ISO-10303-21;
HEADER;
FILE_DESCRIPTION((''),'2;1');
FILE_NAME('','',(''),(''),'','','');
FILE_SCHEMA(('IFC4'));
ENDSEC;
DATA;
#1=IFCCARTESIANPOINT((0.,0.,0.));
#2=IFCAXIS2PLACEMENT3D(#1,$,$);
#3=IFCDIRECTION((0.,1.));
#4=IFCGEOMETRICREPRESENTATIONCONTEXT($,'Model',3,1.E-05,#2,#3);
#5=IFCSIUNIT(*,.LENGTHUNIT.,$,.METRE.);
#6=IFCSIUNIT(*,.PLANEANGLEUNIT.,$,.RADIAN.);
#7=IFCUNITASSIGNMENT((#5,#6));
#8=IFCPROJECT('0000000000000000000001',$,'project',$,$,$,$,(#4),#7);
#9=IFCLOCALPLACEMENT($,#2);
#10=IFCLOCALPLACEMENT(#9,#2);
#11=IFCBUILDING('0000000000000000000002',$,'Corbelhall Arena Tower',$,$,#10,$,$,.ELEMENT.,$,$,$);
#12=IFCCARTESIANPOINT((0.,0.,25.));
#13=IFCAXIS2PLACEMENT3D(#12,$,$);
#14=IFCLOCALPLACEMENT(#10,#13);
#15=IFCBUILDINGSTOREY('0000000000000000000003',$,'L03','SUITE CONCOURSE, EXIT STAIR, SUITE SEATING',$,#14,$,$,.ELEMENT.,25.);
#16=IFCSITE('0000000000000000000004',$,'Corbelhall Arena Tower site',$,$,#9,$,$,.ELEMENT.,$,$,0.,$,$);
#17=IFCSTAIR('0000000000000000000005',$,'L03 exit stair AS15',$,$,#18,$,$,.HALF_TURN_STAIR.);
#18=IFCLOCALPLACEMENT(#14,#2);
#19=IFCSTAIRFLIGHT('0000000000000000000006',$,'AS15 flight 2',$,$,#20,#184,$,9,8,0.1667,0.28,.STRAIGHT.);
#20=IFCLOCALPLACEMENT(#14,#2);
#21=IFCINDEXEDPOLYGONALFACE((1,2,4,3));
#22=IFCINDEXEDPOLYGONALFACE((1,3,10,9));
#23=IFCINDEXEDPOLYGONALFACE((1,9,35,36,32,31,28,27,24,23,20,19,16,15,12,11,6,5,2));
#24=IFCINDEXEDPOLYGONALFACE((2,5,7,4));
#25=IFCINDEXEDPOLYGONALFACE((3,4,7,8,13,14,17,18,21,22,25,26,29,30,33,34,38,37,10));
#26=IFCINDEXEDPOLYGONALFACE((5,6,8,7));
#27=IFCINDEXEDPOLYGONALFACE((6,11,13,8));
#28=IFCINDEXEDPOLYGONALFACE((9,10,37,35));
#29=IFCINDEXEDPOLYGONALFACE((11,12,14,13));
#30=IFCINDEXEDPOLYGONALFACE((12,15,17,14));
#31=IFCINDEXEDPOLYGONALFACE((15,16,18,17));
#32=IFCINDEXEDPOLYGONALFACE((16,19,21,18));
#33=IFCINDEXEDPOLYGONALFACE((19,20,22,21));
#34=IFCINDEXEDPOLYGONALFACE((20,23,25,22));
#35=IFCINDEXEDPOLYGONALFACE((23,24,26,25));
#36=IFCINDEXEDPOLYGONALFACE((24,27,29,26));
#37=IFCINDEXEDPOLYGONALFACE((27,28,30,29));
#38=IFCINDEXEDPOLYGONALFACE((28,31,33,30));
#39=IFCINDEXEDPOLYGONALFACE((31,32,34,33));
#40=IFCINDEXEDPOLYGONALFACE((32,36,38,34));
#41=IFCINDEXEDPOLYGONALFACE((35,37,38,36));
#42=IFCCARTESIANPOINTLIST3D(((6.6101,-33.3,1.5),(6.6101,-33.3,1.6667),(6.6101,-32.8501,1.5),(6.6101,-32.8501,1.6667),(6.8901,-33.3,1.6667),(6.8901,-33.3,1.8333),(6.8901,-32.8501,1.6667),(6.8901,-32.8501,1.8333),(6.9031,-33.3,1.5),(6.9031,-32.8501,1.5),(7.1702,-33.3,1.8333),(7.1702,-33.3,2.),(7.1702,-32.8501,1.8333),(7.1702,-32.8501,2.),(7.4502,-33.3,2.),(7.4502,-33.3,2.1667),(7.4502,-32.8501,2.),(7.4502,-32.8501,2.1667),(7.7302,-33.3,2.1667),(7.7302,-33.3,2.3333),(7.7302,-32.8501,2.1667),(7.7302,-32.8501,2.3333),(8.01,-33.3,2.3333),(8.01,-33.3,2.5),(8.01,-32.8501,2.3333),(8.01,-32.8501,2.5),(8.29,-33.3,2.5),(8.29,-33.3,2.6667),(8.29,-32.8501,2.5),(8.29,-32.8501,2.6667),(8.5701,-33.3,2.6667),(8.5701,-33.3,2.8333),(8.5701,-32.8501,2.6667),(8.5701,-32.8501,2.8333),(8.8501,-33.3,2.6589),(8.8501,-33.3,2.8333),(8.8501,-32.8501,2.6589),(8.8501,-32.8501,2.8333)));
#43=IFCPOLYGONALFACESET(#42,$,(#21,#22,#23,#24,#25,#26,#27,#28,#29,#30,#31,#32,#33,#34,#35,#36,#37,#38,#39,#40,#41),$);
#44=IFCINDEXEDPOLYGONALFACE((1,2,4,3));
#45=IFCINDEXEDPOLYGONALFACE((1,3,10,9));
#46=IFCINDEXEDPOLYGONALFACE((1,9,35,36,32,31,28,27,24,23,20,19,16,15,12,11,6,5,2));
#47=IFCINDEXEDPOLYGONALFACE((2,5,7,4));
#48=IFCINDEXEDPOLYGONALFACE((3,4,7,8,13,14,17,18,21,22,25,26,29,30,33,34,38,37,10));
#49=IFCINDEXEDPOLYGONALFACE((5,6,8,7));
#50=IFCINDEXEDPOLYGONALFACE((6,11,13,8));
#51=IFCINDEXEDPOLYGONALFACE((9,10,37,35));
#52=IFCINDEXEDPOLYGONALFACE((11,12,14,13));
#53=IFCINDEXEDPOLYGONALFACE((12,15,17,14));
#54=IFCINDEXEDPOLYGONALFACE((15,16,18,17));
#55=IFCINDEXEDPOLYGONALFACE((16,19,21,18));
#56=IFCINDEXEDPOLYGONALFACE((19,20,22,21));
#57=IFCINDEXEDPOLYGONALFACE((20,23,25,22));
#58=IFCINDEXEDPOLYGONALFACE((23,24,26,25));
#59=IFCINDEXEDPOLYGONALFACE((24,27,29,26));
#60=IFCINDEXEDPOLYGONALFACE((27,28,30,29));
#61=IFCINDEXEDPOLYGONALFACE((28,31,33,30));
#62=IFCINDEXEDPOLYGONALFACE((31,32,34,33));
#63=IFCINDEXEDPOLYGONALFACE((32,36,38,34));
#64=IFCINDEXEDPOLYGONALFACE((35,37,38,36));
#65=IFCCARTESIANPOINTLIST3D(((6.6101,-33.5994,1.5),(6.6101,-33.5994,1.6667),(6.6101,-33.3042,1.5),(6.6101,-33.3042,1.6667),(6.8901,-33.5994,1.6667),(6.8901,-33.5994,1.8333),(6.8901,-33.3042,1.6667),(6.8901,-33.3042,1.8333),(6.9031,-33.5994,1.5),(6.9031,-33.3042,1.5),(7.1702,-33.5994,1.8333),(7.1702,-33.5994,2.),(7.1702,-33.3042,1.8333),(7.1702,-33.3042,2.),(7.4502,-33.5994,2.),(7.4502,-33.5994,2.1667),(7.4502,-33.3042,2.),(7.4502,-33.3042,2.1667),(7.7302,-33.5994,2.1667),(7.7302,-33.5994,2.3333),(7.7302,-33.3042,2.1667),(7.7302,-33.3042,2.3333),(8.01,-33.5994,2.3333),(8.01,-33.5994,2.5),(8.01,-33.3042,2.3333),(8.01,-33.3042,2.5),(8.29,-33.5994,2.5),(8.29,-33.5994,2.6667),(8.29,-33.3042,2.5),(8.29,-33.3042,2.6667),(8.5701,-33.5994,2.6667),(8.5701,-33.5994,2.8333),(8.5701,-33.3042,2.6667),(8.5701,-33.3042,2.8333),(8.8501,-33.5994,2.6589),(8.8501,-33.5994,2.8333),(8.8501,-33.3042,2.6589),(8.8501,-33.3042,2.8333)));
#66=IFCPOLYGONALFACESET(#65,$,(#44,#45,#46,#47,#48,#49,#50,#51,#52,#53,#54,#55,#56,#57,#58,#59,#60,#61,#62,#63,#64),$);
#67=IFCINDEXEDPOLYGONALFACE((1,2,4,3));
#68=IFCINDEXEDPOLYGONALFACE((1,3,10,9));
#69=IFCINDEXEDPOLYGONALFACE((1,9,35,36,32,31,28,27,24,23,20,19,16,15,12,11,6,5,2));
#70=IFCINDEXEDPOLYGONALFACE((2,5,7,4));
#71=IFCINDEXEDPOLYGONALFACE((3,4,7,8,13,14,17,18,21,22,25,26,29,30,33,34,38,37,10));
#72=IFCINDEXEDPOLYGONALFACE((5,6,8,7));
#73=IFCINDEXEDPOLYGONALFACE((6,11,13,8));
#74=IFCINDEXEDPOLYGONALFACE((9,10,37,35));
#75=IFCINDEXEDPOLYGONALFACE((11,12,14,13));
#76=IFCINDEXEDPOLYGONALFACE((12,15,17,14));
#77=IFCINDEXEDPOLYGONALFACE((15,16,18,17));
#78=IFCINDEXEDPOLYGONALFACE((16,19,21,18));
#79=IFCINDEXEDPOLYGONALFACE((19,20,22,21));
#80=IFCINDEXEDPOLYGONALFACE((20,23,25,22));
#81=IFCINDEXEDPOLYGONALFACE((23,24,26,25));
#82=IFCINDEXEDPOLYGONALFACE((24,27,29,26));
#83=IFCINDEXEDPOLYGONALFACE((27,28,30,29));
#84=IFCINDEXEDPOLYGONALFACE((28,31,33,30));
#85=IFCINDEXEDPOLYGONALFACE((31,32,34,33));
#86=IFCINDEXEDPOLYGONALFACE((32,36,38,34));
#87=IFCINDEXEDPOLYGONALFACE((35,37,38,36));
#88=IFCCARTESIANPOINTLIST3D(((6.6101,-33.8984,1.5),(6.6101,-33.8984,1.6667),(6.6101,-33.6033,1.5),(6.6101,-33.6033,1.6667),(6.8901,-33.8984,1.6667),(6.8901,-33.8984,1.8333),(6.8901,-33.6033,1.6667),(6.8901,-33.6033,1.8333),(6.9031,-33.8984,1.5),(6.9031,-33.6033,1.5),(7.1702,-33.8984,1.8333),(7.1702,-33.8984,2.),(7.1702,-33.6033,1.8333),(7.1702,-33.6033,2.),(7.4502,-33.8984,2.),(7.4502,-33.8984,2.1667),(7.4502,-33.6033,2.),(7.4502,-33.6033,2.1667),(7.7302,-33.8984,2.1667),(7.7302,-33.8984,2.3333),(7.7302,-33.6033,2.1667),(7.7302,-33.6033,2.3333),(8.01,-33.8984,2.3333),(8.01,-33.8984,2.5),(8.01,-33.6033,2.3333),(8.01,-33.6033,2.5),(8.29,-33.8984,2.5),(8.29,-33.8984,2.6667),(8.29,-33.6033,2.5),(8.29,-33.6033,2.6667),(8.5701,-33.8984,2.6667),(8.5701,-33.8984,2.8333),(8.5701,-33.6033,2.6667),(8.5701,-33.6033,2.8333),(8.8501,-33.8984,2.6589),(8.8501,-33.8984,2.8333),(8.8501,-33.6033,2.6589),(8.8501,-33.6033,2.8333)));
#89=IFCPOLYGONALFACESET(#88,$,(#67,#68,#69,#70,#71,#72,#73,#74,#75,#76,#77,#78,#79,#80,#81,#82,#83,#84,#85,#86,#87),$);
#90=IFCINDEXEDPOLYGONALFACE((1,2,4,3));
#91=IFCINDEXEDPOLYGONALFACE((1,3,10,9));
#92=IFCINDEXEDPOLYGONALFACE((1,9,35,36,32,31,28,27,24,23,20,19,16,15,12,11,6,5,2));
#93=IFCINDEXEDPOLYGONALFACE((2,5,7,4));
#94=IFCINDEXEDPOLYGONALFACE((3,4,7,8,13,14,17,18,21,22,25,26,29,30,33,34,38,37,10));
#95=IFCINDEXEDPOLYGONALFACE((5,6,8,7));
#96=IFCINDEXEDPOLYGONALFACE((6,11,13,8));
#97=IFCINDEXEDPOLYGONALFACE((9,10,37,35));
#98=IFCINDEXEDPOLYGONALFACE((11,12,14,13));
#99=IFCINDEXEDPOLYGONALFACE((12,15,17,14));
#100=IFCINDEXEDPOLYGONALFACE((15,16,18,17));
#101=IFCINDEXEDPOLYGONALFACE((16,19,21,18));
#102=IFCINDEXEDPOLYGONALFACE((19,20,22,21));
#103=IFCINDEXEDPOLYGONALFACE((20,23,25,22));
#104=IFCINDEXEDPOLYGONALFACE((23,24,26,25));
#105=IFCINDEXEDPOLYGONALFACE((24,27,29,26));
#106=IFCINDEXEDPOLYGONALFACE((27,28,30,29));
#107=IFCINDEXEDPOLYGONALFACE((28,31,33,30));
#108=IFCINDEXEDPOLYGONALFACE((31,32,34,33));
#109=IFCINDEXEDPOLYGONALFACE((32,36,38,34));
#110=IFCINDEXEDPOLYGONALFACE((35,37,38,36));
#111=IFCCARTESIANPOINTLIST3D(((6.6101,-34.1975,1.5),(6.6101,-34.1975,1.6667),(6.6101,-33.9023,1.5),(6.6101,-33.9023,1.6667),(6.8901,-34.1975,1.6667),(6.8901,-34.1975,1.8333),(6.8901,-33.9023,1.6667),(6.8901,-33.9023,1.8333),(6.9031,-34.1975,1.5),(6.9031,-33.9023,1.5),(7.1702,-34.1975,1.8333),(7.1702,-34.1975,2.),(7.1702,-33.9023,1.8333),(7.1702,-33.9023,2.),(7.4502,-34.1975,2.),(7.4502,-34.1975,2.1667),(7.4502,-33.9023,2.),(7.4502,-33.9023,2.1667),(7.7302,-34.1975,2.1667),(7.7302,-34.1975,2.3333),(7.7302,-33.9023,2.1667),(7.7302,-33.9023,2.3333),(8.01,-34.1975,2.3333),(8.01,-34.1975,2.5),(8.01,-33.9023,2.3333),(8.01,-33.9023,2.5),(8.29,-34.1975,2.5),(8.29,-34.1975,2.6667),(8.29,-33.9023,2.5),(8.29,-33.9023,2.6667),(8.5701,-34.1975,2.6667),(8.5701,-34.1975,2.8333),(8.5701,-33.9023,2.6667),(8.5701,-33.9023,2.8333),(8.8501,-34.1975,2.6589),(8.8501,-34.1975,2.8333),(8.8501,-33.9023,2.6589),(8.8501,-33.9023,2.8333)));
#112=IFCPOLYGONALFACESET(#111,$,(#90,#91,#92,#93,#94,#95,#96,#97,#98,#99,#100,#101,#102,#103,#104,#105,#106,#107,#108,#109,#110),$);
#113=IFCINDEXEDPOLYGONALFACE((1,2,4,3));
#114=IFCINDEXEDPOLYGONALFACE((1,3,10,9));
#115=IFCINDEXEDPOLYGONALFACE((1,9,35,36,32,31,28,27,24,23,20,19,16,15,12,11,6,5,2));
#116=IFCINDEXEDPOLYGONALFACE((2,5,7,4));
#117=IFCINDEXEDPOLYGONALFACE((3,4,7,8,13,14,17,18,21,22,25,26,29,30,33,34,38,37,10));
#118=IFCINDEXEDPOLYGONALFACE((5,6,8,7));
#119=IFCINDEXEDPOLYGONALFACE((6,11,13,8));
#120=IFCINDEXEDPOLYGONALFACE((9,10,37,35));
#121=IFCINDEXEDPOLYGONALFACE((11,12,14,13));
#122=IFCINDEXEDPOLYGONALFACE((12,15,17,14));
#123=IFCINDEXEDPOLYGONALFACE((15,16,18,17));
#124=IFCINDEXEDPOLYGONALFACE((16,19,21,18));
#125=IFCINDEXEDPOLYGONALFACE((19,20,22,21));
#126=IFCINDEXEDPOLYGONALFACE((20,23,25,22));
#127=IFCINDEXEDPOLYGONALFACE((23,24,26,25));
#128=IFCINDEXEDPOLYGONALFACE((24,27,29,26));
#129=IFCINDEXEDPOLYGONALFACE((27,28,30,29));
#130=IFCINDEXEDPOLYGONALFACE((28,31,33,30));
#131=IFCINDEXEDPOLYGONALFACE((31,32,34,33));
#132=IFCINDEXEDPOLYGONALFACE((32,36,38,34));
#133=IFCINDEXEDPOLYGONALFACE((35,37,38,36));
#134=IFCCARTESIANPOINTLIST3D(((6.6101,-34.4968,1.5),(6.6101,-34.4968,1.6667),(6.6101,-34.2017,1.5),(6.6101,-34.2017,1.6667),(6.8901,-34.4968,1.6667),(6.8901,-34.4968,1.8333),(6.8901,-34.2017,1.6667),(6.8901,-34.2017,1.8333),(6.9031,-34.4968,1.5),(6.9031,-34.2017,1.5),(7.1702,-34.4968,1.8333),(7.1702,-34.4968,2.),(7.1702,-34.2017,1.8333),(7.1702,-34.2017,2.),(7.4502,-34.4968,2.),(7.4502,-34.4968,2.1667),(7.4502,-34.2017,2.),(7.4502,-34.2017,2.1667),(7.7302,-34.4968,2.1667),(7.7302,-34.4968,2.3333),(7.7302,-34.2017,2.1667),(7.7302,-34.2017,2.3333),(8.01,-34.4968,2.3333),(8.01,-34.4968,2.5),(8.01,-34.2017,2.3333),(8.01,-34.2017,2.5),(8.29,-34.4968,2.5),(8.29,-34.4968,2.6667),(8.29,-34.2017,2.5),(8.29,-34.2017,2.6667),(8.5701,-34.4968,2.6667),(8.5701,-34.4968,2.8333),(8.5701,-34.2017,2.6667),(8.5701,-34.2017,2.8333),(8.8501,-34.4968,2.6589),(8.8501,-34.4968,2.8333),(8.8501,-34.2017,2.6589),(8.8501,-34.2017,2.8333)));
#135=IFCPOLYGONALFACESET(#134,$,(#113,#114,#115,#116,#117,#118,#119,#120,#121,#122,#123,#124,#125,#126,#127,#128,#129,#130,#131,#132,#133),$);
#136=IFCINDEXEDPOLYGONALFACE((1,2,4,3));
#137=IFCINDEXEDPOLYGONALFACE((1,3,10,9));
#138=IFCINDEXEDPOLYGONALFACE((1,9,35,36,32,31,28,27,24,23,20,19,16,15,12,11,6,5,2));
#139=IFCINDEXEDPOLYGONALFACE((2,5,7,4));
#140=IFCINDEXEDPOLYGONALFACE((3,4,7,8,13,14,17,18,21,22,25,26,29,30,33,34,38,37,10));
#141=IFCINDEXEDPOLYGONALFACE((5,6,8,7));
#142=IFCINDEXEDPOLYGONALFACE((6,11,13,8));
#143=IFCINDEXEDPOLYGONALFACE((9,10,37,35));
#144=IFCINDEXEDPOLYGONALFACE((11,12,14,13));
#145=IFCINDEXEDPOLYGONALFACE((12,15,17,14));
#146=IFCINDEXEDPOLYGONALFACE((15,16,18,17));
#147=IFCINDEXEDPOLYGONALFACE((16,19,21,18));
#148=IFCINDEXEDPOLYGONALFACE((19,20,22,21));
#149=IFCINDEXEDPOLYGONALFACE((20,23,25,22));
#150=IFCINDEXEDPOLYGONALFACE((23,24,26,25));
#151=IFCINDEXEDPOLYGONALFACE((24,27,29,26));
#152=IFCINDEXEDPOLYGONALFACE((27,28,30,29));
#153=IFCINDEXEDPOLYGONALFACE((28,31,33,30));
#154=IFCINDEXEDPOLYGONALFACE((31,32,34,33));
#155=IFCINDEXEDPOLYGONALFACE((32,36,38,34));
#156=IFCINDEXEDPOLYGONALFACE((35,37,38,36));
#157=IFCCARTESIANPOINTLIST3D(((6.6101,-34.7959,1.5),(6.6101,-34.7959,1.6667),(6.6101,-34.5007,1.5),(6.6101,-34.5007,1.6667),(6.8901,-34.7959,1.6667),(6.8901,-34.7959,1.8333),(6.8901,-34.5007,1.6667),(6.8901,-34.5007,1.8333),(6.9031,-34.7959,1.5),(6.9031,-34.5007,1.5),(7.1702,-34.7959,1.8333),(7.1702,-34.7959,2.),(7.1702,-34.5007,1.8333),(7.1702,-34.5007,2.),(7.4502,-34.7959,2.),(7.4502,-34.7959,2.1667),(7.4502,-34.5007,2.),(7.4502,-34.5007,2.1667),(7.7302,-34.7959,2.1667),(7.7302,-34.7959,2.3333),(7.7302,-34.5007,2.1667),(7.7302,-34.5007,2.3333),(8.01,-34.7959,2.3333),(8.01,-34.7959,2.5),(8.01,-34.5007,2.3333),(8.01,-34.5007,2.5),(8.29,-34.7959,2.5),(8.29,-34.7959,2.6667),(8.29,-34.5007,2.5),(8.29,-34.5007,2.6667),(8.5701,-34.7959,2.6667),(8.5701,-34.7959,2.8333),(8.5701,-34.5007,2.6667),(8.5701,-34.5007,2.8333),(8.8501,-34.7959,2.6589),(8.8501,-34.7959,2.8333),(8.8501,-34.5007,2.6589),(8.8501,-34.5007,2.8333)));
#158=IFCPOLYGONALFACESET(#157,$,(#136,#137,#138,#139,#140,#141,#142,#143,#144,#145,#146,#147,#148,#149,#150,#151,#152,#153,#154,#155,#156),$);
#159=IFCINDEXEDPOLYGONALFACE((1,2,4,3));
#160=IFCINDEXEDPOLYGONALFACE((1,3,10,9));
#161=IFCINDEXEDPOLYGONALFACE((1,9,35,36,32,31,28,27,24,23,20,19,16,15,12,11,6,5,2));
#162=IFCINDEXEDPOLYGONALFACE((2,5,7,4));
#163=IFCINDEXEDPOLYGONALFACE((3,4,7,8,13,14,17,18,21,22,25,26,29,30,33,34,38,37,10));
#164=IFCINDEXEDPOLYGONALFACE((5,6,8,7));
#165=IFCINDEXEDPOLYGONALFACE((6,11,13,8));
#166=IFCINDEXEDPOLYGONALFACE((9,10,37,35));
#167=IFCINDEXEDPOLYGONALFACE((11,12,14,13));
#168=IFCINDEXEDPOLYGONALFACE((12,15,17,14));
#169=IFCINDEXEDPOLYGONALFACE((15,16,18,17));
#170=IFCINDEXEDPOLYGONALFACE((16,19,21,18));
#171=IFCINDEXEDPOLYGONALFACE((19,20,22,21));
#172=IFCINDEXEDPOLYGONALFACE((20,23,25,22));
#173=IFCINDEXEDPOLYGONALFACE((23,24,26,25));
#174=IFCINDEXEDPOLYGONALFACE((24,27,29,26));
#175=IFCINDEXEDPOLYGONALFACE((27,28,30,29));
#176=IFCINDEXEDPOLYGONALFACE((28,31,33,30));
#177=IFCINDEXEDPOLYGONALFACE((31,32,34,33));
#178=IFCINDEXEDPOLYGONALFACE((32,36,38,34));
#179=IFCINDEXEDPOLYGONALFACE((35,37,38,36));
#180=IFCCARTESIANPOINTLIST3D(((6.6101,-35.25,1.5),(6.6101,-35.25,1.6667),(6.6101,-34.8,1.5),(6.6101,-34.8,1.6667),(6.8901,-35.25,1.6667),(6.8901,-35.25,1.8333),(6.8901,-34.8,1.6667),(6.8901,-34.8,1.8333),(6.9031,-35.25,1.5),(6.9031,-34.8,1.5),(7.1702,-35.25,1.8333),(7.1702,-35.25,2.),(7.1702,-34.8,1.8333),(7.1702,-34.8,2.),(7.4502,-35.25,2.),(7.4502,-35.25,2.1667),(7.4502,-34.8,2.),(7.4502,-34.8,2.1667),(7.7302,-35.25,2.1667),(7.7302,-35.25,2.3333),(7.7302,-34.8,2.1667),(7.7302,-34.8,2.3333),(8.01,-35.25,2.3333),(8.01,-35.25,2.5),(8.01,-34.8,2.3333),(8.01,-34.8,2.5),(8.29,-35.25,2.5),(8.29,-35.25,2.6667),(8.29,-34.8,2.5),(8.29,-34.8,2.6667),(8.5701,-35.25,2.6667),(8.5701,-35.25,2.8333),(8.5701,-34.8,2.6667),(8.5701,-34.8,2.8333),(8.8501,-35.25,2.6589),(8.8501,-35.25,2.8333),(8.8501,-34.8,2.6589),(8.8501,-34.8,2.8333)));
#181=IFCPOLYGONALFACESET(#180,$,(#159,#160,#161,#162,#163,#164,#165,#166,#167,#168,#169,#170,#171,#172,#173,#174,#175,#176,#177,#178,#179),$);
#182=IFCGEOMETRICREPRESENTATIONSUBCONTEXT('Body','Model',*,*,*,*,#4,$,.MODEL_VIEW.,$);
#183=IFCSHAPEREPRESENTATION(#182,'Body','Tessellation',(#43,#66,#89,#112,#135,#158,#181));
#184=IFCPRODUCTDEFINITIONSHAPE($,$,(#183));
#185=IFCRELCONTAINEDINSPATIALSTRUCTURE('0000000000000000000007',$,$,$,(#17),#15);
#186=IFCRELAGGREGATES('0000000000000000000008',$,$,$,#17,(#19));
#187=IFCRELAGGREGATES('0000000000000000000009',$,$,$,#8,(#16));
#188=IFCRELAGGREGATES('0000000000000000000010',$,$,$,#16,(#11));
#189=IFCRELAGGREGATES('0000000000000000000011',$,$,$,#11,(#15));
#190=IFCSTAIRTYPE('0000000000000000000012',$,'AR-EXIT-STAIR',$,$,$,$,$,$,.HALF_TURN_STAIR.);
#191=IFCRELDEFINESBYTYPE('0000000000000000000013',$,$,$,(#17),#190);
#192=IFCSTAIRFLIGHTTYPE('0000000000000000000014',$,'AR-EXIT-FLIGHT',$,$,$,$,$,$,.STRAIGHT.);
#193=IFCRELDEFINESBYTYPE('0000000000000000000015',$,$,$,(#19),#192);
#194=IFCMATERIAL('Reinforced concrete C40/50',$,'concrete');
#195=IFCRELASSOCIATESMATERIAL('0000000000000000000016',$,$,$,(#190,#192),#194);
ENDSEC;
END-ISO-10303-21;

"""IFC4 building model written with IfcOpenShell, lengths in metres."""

from ifc_helpers import new_model, si_unit, direction, frame, origin, place, context, subcontext, project, spatial, polyline, outline, extrude, material, type_object, element, aggregate, save


model = new_model("IFC4")

# Units and contexts
model_context = context("Model", 3, precision=1e-05, world=origin(), true_north=direction((0.0, 1.0)))
body_context = subcontext(model_context, "Body", "Model", "MODEL_VIEW")
ifc_project = project(units=[si_unit("LENGTHUNIT", "METRE"), si_unit("PLANEANGLEUNIT", "RADIAN")], contexts=[model_context])

# Site, building, storey
site_placement = place(None, origin())
site = spatial("IfcSite", under=ifc_project, at=site_placement, Name="Corbelhall Arena Tower site", CompositionType="ELEMENT", RefElevation=0.0)
building_placement = place(site_placement, origin())
building = spatial("IfcBuilding", under=site, at=building_placement, Name="Corbelhall Arena Tower", CompositionType="ELEMENT")
storey_placement = place(building_placement, frame((0.0, 0.0, 25.0)))
storey = spatial("IfcBuildingStorey", under=building, at=storey_placement, Name="L03", Description="SUITE CONCOURSE, EXIT STAIR, SUITE SEATING", CompositionType="ELEMENT", Elevation=25.0)

# Shared definitions
ifc_material_1 = material(Name="Reinforced concrete C40/50", Category="concrete")

# Stair, stair flight
stair_type = type_object("IfcStairType", Name="AR-EXIT-STAIR", PredefinedType="HALF_TURN_STAIR", material=ifc_material_1)
stair_placement = place(storey_placement, origin())
stair = element("IfcStair", 1, at=stair_placement, inside=storey, type_object=stair_type, Name="L03 exit stair AS15", PredefinedType="HALF_TURN_STAIR")
stair_flight_type = type_object("IfcStairFlightType", Name="AR-EXIT-FLIGHT", PredefinedType="STRAIGHT", material=ifc_material_1)
stair_flight_1_placement = place(storey_placement, frame((6.6101, -34.05, 1.5), z_axis=(0.0, 0.0, 1.0), x_axis=(1.0, 0.0, 0.0)))
stair_flight_1 = element("IfcStairFlight", 2, at=stair_flight_1_placement, type_object=stair_flight_type, Name="AS15 flight 2", NumberOfRisers=9, NumberOfTreads=8, PredefinedType="STRAIGHT", RiserHeight=0.1667, TreadLength=0.28, context=body_context, shape_type="SweptSolid", body=[
    extrude(outline(polyline([(0.0, 0.0), (0.0, 0.1667), (0.28, 0.1667), (0.28, 0.3333), (0.5601, 0.3333), (0.5601, 0.5), (0.8401, 0.5), (0.8401, 0.6667), (1.1201, 0.6667), (1.1201, 0.8333), (1.3999, 0.8333), (1.3999, 1.0), (1.6799, 1.0), (1.6799, 1.1667), (1.96, 1.1667), (1.96, 1.3333), (2.24, 1.3333), (2.24, 1.5), (2.24, 1.1589), (0.293, 0.0), (0.0, 0.0)])), frame((0.0, 1.2, 0.0), z_axis=(0.0, -1.0, 0.0), x_axis=(1.0, 0.0, 0.0)), (0.0, 0.0, 1.0), 0.45),
    extrude(outline(polyline([(0.0, 0.0), (0.0, 0.1667), (0.28, 0.1667), (0.28, 0.3333), (0.5601, 0.3333), (0.5601, 0.5), (0.8401, 0.5), (0.8401, 0.6667), (1.1201, 0.6667), (1.1201, 0.8333), (1.3999, 0.8333), (1.3999, 1.0), (1.6799, 1.0), (1.6799, 1.1667), (1.96, 1.1667), (1.96, 1.3333), (2.24, 1.3333), (2.24, 1.5), (2.24, 1.1589), (0.293, 0.0), (0.0, 0.0)])), frame((0.0, 0.7458, 0.0), z_axis=(0.0, -1.0, 0.0), x_axis=(1.0, 0.0, 0.0)), (0.0, 0.0, 1.0), 0.2952),
    extrude(outline(polyline([(0.0, 0.0), (0.0, 0.1667), (0.28, 0.1667), (0.28, 0.3333), (0.5601, 0.3333), (0.5601, 0.5), (0.8401, 0.5), (0.8401, 0.6667), (1.1201, 0.6667), (1.1201, 0.8333), (1.3999, 0.8333), (1.3999, 1.0), (1.6799, 1.0), (1.6799, 1.1667), (1.96, 1.1667), (1.96, 1.3333), (2.24, 1.3333), (2.24, 1.5), (2.24, 1.1589), (0.293, 0.0), (0.0, 0.0)])), frame((0.0, 0.4468, 0.0), z_axis=(0.0, -1.0, 0.0), x_axis=(1.0, 0.0, 0.0)), (0.0, 0.0, 1.0), 0.2952),
    extrude(outline(polyline([(0.0, 0.0), (0.0, 0.1667), (0.28, 0.1667), (0.28, 0.3333), (0.5601, 0.3333), (0.5601, 0.5), (0.8401, 0.5), (0.8401, 0.6667), (1.1201, 0.6667), (1.1201, 0.8333), (1.3999, 0.8333), (1.3999, 1.0), (1.6799, 1.0), (1.6799, 1.1667), (1.96, 1.1667), (1.96, 1.3333), (2.24, 1.3333), (2.24, 1.5), (2.24, 1.1589), (0.293, 0.0), (0.0, 0.0)])), frame((0.0, 0.1477, 0.0), z_axis=(0.0, -1.0, 0.0), x_axis=(1.0, 0.0, 0.0)), (0.0, 0.0, 1.0), 0.2952),
    extrude(outline(polyline([(0.0, 0.0), (0.0, 0.1667), (0.28, 0.1667), (0.28, 0.3333), (0.5601, 0.3333), (0.5601, 0.5), (0.8401, 0.5), (0.8401, 0.6667), (1.1201, 0.6667), (1.1201, 0.8333), (1.3999, 0.8333), (1.3999, 1.0), (1.6799, 1.0), (1.6799, 1.1667), (1.96, 1.1667), (1.96, 1.3333), (2.24, 1.3333), (2.24, 1.5), (2.24, 1.1589), (0.293, 0.0), (0.0, 0.0)])), frame((0.0, -0.1516, 0.0), z_axis=(0.0, -1.0, 0.0), x_axis=(1.0, 0.0, 0.0)), (0.0, 0.0, 1.0), 0.2952),
    extrude(outline(polyline([(0.0, 0.0), (0.0, 0.1667), (0.28, 0.1667), (0.28, 0.3333), (0.5601, 0.3333), (0.5601, 0.5), (0.8401, 0.5), (0.8401, 0.6667), (1.1201, 0.6667), (1.1201, 0.8333), (1.3999, 0.8333), (1.3999, 1.0), (1.6799, 1.0), (1.6799, 1.1667), (1.96, 1.1667), (1.96, 1.3333), (2.24, 1.3333), (2.24, 1.5), (2.24, 1.1589), (0.293, 0.0), (0.0, 0.0)])), frame((0.0, -0.4507, 0.0), z_axis=(0.0, -1.0, 0.0), x_axis=(1.0, 0.0, 0.0)), (0.0, 0.0, 1.0), 0.2952),
    extrude(outline(polyline([(0.0, 0.0), (0.0, 0.1667), (0.28, 0.1667), (0.28, 0.3333), (0.5601, 0.3333), (0.5601, 0.5), (0.8401, 0.5), (0.8401, 0.6667), (1.1201, 0.6667), (1.1201, 0.8333), (1.3999, 0.8333), (1.3999, 1.0), (1.6799, 1.0), (1.6799, 1.1667), (1.96, 1.1667), (1.96, 1.3333), (2.24, 1.3333), (2.24, 1.5), (2.24, 1.1589), (0.293, 0.0), (0.0, 0.0)])), frame((0.0, -0.75, 0.0), z_axis=(0.0, -1.0, 0.0), x_axis=(1.0, 0.0, 0.0)), (0.0, 0.0, 1.0), 0.45),
])
aggregate(stair, [stair_flight_1])

save(model, "model.ifc")
